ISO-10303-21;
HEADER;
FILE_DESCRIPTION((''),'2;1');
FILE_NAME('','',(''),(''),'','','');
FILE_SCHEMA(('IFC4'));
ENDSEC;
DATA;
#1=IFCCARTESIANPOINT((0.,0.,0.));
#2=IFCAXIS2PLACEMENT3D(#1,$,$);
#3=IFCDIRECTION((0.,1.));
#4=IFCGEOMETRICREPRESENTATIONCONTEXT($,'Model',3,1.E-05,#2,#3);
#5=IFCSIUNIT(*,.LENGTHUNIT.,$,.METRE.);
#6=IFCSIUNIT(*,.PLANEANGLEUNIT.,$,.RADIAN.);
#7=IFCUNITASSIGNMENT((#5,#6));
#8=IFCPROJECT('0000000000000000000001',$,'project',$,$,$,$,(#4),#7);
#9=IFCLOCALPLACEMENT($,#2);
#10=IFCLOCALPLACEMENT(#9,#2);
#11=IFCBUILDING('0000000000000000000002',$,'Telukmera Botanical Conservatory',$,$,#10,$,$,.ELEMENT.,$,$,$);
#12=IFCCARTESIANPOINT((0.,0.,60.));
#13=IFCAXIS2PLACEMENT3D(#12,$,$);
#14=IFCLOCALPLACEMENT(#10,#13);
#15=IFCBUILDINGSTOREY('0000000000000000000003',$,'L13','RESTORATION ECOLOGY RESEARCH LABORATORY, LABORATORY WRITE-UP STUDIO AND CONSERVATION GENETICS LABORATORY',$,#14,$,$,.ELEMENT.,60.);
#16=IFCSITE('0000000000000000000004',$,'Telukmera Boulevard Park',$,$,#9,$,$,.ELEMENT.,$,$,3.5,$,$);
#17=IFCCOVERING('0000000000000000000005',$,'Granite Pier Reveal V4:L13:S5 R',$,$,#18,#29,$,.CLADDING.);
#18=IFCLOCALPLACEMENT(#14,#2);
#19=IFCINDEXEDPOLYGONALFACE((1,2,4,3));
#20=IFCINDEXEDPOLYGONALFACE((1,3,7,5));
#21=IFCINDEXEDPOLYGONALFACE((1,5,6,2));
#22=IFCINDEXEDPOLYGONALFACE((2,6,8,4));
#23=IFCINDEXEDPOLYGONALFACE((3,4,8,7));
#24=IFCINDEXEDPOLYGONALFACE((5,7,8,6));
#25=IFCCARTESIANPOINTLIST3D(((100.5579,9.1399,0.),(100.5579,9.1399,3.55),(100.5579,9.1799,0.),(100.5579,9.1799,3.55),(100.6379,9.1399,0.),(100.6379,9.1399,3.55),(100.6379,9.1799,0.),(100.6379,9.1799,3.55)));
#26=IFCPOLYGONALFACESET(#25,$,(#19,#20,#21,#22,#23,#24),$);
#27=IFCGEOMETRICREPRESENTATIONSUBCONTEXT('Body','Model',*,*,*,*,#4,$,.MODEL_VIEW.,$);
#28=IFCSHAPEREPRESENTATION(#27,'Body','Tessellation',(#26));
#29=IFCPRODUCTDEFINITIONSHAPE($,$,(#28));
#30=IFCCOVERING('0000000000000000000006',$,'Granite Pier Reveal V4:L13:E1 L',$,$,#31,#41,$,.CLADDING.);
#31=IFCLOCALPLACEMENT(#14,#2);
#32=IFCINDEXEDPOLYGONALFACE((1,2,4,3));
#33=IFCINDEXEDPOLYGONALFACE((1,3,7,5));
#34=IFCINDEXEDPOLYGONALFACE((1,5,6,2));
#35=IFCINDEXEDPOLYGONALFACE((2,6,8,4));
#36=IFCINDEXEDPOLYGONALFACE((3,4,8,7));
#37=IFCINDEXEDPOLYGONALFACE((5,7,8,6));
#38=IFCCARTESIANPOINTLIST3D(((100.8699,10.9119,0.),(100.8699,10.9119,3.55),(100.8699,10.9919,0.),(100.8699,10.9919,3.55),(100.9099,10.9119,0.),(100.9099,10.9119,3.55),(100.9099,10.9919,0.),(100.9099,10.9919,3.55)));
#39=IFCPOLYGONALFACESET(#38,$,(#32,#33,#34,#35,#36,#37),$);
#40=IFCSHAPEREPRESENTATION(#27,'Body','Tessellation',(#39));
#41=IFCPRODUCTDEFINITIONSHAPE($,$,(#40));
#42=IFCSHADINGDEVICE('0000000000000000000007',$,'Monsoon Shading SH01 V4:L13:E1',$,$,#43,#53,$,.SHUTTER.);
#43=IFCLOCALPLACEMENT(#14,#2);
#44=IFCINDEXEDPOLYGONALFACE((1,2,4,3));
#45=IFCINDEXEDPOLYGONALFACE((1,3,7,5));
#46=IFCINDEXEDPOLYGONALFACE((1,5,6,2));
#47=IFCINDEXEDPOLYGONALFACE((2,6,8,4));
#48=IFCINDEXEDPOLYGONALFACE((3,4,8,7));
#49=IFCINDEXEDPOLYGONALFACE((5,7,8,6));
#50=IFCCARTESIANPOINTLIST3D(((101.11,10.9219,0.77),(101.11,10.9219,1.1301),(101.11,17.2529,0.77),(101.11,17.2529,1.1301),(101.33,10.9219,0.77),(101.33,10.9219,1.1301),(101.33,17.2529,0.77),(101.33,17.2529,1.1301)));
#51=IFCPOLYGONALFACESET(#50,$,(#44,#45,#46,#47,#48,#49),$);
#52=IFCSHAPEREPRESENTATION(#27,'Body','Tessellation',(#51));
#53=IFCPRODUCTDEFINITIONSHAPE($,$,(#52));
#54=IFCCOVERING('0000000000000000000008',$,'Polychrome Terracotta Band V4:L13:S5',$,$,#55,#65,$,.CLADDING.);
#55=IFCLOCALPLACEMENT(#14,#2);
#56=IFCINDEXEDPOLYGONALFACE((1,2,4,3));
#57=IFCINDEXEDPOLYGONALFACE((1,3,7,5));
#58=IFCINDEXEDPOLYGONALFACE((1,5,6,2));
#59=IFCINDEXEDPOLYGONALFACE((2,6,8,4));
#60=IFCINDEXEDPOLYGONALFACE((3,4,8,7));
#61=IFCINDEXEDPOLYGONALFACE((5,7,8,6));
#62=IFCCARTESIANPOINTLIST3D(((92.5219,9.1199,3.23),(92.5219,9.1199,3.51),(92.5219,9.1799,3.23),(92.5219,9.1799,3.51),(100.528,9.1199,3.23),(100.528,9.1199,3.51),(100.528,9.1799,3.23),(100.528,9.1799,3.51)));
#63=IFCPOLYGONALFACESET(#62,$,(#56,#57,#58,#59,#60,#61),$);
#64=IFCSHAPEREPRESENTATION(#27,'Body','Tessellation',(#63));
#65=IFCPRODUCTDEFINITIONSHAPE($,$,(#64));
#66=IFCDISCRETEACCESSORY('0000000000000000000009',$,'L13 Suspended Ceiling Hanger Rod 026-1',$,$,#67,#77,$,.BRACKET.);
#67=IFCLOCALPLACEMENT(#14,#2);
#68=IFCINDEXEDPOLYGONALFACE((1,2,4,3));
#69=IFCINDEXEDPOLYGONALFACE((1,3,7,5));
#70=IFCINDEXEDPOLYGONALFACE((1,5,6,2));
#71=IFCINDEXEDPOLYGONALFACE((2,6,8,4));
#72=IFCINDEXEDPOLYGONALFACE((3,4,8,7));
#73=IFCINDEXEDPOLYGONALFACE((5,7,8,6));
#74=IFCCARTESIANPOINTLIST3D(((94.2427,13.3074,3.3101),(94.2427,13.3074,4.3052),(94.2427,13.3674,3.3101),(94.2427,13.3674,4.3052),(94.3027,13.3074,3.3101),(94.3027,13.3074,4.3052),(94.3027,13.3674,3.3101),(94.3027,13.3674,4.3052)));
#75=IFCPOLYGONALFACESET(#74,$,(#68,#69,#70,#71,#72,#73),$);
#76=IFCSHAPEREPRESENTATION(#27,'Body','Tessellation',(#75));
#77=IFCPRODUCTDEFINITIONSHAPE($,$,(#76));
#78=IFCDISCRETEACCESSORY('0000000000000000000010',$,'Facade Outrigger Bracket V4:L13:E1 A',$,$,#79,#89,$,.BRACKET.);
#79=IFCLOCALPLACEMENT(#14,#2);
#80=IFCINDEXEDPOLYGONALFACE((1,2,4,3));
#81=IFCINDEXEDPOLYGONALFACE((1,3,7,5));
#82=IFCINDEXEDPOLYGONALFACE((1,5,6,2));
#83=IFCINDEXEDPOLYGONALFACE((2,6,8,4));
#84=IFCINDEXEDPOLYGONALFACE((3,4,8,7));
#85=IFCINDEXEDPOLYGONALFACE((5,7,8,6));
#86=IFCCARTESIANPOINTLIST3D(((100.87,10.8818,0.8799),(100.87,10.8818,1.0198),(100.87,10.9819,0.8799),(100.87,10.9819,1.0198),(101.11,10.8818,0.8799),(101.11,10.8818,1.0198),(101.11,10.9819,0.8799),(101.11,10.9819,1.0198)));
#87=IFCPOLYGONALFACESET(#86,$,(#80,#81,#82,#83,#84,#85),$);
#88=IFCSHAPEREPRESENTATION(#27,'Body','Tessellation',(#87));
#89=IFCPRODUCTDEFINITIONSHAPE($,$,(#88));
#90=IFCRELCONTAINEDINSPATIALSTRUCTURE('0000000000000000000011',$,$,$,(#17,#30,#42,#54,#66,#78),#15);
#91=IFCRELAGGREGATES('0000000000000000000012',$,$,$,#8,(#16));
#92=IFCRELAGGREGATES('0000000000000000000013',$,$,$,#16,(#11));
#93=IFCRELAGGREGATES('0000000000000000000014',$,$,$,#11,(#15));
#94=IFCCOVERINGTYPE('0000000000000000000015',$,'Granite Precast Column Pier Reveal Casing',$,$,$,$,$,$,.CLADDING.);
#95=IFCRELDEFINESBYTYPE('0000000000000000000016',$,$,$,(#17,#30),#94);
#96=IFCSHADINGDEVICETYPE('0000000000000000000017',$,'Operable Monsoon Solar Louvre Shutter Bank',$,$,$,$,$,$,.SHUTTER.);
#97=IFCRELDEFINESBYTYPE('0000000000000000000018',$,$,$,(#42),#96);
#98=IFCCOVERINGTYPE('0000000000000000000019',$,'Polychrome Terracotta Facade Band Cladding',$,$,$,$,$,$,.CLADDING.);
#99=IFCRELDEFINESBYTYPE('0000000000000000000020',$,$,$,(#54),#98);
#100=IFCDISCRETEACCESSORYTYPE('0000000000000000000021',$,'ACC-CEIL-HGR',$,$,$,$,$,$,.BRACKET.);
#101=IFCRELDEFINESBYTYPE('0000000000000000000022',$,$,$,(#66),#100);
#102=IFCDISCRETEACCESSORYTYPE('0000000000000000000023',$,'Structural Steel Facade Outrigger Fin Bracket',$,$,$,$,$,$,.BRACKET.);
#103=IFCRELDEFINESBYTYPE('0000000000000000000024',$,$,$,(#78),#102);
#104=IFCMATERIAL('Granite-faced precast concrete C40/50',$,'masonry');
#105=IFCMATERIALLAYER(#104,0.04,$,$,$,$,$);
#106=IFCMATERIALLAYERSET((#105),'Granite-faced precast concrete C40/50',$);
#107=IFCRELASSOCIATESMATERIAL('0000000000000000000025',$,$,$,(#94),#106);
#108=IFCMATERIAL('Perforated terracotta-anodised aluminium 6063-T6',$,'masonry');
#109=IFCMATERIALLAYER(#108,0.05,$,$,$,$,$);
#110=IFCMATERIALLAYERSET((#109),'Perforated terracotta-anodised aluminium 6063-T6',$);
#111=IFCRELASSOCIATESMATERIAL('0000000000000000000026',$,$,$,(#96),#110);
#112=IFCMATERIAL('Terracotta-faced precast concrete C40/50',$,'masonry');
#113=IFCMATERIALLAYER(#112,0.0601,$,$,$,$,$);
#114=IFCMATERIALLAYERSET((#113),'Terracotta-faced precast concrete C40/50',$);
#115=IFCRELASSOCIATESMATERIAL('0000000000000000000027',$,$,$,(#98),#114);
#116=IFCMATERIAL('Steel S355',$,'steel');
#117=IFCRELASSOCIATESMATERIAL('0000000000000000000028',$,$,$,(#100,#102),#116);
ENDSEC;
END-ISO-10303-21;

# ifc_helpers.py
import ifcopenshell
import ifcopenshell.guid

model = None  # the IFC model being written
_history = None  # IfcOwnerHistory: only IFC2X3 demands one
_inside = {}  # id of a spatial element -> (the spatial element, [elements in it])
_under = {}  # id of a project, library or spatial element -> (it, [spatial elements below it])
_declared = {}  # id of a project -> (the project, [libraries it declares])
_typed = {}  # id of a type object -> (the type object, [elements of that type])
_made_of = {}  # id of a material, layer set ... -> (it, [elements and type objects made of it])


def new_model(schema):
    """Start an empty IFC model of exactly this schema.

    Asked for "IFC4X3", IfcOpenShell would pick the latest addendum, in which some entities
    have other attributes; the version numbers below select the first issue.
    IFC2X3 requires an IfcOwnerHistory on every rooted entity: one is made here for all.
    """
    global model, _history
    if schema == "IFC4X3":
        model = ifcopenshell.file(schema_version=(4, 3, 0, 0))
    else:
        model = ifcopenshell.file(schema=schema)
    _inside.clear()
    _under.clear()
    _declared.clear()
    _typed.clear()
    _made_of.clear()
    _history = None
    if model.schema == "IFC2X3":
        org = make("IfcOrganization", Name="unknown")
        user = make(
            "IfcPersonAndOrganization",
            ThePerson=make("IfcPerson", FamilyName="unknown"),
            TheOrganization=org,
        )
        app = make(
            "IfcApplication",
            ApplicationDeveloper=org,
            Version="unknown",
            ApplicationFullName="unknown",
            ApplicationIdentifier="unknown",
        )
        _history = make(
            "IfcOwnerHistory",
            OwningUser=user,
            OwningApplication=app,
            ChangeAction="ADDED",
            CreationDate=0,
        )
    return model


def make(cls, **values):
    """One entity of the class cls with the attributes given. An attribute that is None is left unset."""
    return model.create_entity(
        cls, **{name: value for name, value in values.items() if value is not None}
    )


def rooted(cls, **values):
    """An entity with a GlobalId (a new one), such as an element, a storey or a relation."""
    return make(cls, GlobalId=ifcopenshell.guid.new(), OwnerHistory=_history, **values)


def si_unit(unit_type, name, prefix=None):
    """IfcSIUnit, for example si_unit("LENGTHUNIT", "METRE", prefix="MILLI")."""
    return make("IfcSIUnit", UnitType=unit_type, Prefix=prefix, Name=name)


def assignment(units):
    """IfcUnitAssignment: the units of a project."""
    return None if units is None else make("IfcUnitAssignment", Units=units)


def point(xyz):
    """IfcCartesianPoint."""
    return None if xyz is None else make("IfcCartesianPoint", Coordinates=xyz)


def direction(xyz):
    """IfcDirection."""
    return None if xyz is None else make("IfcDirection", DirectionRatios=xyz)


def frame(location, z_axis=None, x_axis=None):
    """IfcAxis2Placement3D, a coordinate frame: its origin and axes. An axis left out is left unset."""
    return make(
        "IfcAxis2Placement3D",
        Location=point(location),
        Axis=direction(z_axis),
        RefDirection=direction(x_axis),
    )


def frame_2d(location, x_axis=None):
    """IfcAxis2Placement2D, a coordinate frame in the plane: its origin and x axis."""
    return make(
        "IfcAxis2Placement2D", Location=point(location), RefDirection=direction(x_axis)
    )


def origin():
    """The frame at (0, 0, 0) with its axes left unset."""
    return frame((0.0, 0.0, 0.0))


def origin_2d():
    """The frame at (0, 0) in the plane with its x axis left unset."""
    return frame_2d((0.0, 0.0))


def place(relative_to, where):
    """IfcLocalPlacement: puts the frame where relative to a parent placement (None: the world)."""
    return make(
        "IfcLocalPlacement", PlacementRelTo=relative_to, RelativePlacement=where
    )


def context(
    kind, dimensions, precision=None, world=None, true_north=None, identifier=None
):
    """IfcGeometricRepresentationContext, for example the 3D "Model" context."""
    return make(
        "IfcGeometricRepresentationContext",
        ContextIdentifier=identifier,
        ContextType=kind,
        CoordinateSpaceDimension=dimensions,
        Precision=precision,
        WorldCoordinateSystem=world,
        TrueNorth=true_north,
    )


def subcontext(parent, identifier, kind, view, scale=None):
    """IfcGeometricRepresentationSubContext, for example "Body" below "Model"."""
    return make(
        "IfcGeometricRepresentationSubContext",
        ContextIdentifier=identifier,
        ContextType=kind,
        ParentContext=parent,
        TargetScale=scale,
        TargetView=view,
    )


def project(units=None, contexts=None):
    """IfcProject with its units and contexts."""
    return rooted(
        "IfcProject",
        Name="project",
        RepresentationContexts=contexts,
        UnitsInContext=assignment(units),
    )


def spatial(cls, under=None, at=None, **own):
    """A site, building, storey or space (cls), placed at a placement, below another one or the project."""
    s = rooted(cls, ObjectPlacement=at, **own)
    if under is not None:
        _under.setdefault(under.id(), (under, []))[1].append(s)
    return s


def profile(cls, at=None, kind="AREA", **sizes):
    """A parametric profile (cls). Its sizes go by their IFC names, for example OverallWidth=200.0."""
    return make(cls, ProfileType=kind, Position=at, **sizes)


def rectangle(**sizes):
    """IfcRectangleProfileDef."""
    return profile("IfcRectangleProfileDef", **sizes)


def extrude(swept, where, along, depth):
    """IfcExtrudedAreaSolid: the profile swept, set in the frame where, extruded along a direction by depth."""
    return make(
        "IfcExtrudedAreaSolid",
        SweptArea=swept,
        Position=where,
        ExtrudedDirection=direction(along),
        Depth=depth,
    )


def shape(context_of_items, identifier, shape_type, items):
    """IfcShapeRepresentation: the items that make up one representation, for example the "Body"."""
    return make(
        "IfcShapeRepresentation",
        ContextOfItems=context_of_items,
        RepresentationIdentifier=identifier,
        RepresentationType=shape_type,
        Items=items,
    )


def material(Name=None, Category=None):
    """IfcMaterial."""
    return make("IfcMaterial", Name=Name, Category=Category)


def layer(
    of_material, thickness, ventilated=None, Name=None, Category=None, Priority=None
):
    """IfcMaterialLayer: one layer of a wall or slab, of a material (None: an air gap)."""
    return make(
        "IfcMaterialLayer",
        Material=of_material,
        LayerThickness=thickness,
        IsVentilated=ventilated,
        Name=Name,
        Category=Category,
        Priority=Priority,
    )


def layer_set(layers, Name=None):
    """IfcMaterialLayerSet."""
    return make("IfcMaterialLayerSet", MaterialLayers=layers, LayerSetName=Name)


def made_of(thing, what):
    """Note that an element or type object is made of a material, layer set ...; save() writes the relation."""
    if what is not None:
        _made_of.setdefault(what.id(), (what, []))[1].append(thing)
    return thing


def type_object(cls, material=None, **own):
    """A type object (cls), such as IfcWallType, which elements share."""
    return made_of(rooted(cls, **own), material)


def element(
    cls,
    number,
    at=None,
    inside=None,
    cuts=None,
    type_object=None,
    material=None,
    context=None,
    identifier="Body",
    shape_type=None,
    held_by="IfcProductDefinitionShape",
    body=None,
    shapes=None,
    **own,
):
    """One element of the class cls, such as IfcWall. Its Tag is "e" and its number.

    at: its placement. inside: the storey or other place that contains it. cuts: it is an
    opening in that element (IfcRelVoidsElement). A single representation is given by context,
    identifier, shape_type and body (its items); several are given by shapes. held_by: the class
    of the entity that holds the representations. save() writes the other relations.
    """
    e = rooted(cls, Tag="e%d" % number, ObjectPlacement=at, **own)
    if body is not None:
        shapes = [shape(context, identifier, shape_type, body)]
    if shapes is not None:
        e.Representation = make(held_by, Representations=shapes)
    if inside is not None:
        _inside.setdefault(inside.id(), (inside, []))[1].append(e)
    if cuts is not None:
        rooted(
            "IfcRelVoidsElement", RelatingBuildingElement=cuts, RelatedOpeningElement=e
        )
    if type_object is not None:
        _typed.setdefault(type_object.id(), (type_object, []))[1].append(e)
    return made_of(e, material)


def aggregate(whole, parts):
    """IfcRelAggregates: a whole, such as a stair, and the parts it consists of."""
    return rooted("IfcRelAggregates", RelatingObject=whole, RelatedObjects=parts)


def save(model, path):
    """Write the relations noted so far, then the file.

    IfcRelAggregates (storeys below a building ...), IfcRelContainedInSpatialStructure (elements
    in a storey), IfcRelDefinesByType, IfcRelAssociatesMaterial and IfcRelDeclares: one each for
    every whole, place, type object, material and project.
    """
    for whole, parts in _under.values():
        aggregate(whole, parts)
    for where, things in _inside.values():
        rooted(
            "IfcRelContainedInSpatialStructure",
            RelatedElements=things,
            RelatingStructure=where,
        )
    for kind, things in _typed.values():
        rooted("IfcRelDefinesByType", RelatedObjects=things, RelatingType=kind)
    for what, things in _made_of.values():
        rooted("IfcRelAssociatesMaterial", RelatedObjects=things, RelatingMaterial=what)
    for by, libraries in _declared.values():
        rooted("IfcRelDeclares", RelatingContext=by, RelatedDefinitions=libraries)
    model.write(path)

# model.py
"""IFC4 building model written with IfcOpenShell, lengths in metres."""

from ifc_helpers import new_model, si_unit, direction, frame, origin, origin_2d, place, context, subcontext, project, spatial, rectangle, extrude, material, layer, layer_set, type_object, element, save


model = new_model("IFC4")

# Units and contexts
model_context = context("Model", 3, precision=1e-05, world=origin(), true_north=direction((0.0, 1.0)))
body_context = subcontext(model_context, "Body", "Model", "MODEL_VIEW")
ifc_project = project(units=[si_unit("LENGTHUNIT", "METRE"), si_unit("PLANEANGLEUNIT", "RADIAN")], contexts=[model_context])

# Site, building, storey
site_placement = place(None, origin())
site = spatial("IfcSite", under=ifc_project, at=site_placement, Name="Telukmera Boulevard Park", CompositionType="ELEMENT", RefElevation=3.5)
building_placement = place(site_placement, origin())
building = spatial("IfcBuilding", under=site, at=building_placement, Name="Telukmera Botanical Conservatory", CompositionType="ELEMENT")
storey_placement = place(building_placement, frame((0.0, 0.0, 60.0)))
storey = spatial("IfcBuildingStorey", under=building, at=storey_placement, Name="L13", Description="RESTORATION ECOLOGY RESEARCH LABORATORY, LABORATORY WRITE-UP STUDIO AND CONSERVATION GENETICS LABORATORY", CompositionType="ELEMENT", Elevation=60.0)

# Shared definitions
ifc_material_1 = material(Name="Terracotta-faced precast concrete C40/50", Category="masonry")

# Coverings
ifc_material_2 = material(Name="Granite-faced precast concrete C40/50", Category="masonry")
ifc_layer_1 = layer(ifc_material_2, 0.04)
ifc_layer_set_1 = layer_set([ifc_layer_1], Name="Granite-faced precast concrete C40/50")
covering_type_1 = type_object("IfcCoveringType", Name="Granite Precast Column Pier Reveal Casing", PredefinedType="CLADDING", material=ifc_layer_set_1)
for number, where, z_axis, x_axis, name in (
    (1, (100.5979, 9.1599, 0.0), (0.0, 0.0, 1.0), (1.0, 0.0, 0.0), "Granite Pier Reveal V4:L13:S5 R"),
    (2, (100.8899, 10.9519, 0.0), (0.0, 0.0, 1.0), (0.0, 1.0, 0.0), "Granite Pier Reveal V4:L13:E1 L"),
):
    element("IfcCovering", number, at=place(storey_placement, frame(where, z_axis=z_axis, x_axis=x_axis)), inside=storey, type_object=covering_type_1, Name=name, PredefinedType="CLADDING", context=body_context, shape_type="SweptSolid", body=[
        extrude(rectangle(XDim=0.0801, YDim=0.04, at=origin_2d()), origin(), (0.0, 0.0, 1.0), 3.55),
    ])

# Shading device
ifc_material_3 = material(Name="Perforated terracotta-anodised aluminium 6063-T6", Category="masonry")
ifc_layer_2 = layer(ifc_material_3, 0.05)
ifc_layer_set_2 = layer_set([ifc_layer_2], Name="Perforated terracotta-anodised aluminium 6063-T6")
shading_device_type = type_object("IfcShadingDeviceType", Name="Operable Monsoon Solar Louvre Shutter Bank", PredefinedType="SHUTTER", material=ifc_layer_set_2)
shading_device_placement = place(storey_placement, frame((101.22, 14.0874, 0.77), z_axis=(0.0, 0.0, 1.0), x_axis=(0.0, 1.0, 0.0)))
element("IfcShadingDevice", 3, at=shading_device_placement, inside=storey, type_object=shading_device_type, Name="Monsoon Shading SH01 V4:L13:E1", PredefinedType="SHUTTER", context=body_context, shape_type="SweptSolid", body=[
    extrude(rectangle(XDim=6.3311, YDim=0.22, at=origin_2d()), origin(), (0.0, 0.0, 1.0), 0.3601),
])

# Covering
ifc_layer_3 = layer(ifc_material_1, 0.0601)
ifc_layer_set_3 = layer_set([ifc_layer_3], Name="Terracotta-faced precast concrete C40/50")
covering_type_2 = type_object("IfcCoveringType", Name="Polychrome Terracotta Facade Band Cladding", PredefinedType="CLADDING", material=ifc_layer_set_3)
covering_placement = place(storey_placement, frame((96.5249, 9.1499, 3.23), z_axis=(0.0, 0.0, 1.0), x_axis=(1.0, 0.0, 0.0)))
element("IfcCovering", 4, at=covering_placement, inside=storey, type_object=covering_type_2, Name="Polychrome Terracotta Band V4:L13:S5", PredefinedType="CLADDING", context=body_context, shape_type="SweptSolid", body=[
    extrude(rectangle(XDim=8.0061, YDim=0.0601, at=origin_2d()), origin(), (0.0, 0.0, 1.0), 0.28),
])

# Discrete accessories
ifc_material_4 = material(Name="Steel S355", Category="steel")
discrete_accessory_type_1 = type_object("IfcDiscreteAccessoryType", Name="ACC-CEIL-HGR", PredefinedType="BRACKET", material=ifc_material_4)
discrete_accessory_1_placement = place(storey_placement, frame((94.2727, 13.3374, 3.3101), z_axis=(0.0, 0.0, 1.0), x_axis=(1.0, 0.0, 0.0)))
element("IfcDiscreteAccessory", 5, at=discrete_accessory_1_placement, inside=storey, type_object=discrete_accessory_type_1, Name="L13 Suspended Ceiling Hanger Rod 026-1", PredefinedType="BRACKET", context=body_context, shape_type="SweptSolid", body=[
    extrude(rectangle(XDim=0.0601, YDim=0.0601, at=origin_2d()), origin(), (0.0, 0.0, 1.0), 0.9951),
])
discrete_accessory_type_2 = type_object("IfcDiscreteAccessoryType", Name="Structural Steel Facade Outrigger Fin Bracket", PredefinedType="BRACKET", material=ifc_material_4)
discrete_accessory_2_placement = place(storey_placement, frame((100.99, 10.9319, 0.8799), z_axis=(0.0, 0.0, 1.0), x_axis=(0.0, 1.0, 0.0)))
element("IfcDiscreteAccessory", 6, at=discrete_accessory_2_placement, inside=storey, type_object=discrete_accessory_type_2, Name="Facade Outrigger Bracket V4:L13:E1 A", PredefinedType="BRACKET", context=body_context, shape_type="SweptSolid", body=[
    extrude(rectangle(XDim=0.1001, YDim=0.24, at=origin_2d()), origin(), (0.0, 0.0, 1.0), 0.1399),
])

save(model, "model.ifc")
